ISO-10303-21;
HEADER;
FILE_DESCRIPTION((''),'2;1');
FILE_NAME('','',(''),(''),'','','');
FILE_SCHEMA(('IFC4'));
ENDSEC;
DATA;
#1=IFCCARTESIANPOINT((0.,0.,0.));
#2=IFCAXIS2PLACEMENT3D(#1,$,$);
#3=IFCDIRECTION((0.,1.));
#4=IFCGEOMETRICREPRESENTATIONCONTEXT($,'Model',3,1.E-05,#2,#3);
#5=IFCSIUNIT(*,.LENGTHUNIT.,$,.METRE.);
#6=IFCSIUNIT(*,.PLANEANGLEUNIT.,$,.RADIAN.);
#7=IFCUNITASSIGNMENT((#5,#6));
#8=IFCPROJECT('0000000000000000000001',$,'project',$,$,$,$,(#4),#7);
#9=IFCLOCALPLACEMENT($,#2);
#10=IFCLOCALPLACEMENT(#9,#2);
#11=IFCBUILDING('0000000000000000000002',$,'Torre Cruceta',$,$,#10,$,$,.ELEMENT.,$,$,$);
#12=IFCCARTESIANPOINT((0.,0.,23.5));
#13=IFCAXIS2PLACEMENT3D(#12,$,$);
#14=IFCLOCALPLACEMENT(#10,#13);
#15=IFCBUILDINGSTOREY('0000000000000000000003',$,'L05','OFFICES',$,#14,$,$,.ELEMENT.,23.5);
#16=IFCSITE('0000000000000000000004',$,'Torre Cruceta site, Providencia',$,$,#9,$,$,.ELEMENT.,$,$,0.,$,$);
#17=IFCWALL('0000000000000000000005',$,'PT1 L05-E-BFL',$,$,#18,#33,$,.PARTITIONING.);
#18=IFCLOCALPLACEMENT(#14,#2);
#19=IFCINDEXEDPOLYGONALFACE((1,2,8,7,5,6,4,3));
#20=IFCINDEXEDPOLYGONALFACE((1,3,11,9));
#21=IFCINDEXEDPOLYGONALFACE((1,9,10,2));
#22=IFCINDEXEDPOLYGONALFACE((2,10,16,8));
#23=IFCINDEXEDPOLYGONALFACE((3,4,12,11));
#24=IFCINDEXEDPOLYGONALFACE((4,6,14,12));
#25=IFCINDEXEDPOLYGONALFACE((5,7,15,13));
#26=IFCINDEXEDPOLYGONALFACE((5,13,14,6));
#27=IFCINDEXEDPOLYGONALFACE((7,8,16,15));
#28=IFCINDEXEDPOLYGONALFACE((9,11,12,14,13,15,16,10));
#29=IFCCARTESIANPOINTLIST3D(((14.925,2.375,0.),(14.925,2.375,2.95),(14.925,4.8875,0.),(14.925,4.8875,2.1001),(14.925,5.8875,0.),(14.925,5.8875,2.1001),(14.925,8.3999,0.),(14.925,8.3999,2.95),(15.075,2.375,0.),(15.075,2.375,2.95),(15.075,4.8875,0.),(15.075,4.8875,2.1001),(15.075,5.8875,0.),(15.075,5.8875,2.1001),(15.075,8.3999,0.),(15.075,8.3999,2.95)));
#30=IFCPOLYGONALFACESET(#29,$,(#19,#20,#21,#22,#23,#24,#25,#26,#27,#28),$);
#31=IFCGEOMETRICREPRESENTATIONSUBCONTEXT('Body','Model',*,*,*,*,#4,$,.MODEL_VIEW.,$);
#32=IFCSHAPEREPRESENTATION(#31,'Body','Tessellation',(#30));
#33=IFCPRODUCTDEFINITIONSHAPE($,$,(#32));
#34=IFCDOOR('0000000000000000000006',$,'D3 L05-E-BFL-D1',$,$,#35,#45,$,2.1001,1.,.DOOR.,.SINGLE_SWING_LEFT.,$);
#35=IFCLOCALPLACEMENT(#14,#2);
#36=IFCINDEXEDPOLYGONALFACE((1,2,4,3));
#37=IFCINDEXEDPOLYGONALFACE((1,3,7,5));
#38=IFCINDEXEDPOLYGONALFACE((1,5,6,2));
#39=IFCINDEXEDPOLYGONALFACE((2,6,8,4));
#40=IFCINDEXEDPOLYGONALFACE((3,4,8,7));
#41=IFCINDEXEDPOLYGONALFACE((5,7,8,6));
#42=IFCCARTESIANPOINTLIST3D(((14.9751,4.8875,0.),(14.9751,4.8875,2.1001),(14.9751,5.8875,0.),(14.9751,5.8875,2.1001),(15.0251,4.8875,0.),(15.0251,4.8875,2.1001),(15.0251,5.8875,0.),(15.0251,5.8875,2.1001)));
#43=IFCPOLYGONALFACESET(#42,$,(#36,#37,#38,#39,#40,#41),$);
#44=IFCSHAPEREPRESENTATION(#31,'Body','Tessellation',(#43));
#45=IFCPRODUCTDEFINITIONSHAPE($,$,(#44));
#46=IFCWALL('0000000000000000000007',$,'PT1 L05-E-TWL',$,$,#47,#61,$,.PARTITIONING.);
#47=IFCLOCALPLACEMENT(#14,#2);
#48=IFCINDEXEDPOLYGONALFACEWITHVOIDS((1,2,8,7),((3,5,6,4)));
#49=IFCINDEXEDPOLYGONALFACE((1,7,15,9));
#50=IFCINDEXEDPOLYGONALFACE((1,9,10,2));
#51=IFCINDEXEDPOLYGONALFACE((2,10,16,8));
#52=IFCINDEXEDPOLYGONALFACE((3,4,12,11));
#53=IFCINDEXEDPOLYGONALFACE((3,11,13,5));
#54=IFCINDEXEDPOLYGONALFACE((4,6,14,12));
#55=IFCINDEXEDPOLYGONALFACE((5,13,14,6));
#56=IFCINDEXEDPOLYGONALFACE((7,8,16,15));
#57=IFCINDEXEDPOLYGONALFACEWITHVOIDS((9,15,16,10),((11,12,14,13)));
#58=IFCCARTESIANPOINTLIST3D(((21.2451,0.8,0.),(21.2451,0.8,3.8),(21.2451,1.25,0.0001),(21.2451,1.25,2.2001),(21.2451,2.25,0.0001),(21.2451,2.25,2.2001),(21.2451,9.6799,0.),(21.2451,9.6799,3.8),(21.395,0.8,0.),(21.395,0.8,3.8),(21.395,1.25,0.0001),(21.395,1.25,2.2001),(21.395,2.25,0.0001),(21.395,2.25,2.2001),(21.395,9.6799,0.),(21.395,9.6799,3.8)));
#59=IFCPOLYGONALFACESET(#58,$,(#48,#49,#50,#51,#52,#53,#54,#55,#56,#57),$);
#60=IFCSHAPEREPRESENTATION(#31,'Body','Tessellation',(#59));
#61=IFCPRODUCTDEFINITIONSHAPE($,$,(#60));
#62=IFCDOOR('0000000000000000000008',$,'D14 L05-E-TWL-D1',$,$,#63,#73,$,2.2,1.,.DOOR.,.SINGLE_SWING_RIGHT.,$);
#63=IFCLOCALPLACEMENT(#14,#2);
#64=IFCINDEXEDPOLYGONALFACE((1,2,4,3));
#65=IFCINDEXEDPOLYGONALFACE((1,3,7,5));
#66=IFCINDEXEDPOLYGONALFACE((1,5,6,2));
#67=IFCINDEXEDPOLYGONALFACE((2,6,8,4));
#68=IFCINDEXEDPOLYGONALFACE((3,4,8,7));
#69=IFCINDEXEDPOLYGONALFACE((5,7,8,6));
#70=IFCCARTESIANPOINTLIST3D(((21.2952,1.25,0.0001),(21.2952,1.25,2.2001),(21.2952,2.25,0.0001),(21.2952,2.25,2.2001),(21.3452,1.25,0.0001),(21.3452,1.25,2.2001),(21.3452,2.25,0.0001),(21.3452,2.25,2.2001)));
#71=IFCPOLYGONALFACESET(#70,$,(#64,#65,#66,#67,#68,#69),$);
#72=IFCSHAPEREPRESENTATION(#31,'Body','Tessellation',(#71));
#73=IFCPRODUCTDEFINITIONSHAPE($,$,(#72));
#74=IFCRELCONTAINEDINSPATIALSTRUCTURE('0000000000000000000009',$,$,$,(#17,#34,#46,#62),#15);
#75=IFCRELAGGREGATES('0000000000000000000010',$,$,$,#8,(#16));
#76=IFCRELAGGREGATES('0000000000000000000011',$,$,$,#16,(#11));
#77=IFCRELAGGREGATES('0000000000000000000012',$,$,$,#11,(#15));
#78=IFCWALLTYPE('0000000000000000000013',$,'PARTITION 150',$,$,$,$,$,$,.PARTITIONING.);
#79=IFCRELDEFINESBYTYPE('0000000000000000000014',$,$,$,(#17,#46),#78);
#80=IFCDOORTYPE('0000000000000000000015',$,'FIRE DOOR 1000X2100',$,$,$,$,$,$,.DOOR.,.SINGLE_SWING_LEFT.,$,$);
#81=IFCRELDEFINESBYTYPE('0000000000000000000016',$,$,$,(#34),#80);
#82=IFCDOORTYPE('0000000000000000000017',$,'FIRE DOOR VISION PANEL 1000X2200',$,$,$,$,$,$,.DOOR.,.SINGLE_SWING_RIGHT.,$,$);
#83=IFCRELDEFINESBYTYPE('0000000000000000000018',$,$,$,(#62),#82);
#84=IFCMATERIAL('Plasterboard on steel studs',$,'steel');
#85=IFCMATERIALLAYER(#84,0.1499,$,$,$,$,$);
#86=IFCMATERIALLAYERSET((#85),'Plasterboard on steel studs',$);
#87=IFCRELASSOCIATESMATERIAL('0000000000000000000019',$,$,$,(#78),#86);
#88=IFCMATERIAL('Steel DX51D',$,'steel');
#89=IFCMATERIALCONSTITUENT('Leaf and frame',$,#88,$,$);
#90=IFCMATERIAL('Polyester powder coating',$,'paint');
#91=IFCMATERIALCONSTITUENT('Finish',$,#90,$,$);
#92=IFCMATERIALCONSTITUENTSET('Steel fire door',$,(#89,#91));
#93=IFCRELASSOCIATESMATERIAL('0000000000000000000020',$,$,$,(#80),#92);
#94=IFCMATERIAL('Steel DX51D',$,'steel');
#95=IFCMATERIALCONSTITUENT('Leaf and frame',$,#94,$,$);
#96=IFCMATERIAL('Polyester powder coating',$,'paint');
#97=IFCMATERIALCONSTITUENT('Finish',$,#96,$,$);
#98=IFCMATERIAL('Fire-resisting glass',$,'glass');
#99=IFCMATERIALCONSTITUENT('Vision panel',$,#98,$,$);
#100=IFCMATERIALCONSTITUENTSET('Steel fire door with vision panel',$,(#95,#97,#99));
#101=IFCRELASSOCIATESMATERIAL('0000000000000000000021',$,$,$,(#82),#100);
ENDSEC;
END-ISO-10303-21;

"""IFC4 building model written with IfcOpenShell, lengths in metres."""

from ifc_helpers import new_model, si_unit, direction, frame, frame_2d, origin, place, context, subcontext, project, spatial, rectangle, extrude, material, layer, layer_set, constituent, constituent_set, type_object, element, fill, save


model = new_model("IFC4")

# Units and contexts
model_context = context("Model", 3, precision=1e-05, world=origin(), true_north=direction((0.0, 1.0)))
body_context = subcontext(model_context, "Body", "Model", "MODEL_VIEW")
ifc_project = project(units=[si_unit("LENGTHUNIT", "METRE"), si_unit("PLANEANGLEUNIT", "RADIAN")], contexts=[model_context])

# Site, building, storey
site_placement = place(None, origin())
site = spatial("IfcSite", under=ifc_project, at=site_placement, Name="Torre Cruceta site, Providencia", CompositionType="ELEMENT", RefElevation=0.0)
building_placement = place(site_placement, origin())
building = spatial("IfcBuilding", under=site, at=building_placement, Name="Torre Cruceta", CompositionType="ELEMENT")
storey_placement = place(building_placement, frame((0.0, 0.0, 23.5)))
storey = spatial("IfcBuildingStorey", under=building, at=storey_placement, Name="L05", Description="OFFICES", CompositionType="ELEMENT", Elevation=23.5)

# Walls, openings, doors
ifc_material_1 = material(Name="Plasterboard on steel studs", Category="steel")
ifc_layer_1 = layer(ifc_material_1, 0.1499)
ifc_layer_set_1 = layer_set([ifc_layer_1], Name="Plasterboard on steel studs")
wall_type_1 = type_object("IfcWallType", Name="PARTITION 150", PredefinedType="PARTITIONING", material=ifc_layer_set_1)
wall_1_placement = place(storey_placement, frame((15.0, 2.375, 0.0), z_axis=(0.0, 0.0, 1.0), x_axis=(0.0, 1.0, 0.0)))
wall_1 = element("IfcWall", 1, at=wall_1_placement, inside=storey, type_object=wall_type_1, Name="PT1 L05-E-BFL", PredefinedType="PARTITIONING", context=body_context, shape_type="SweptSolid", body=[
    extrude(rectangle(XDim=6.0249, YDim=0.1499, at=frame_2d((3.0125, 0.0))), origin(), (0.0, 0.0, 1.0), 2.95),
])
opening_1_placement = place(wall_1_placement, frame((2.5125, 0.0, 0.0)))
opening_1 = element("IfcOpeningElement", 2, at=opening_1_placement, cuts=wall_1, PredefinedType="OPENING", context=body_context, shape_type="SweptSolid", body=[
    extrude(rectangle(XDim=1.0, YDim=2.1001, at=frame_2d((0.5, 1.05))), frame((0.0, 0.085, 0.0), z_axis=(0.0, -1.0, 0.0), x_axis=(1.0, 0.0, 0.0)), (0.0, 0.0, 1.0), 0.1699),
])
ifc_material_2 = material(Name="Steel DX51D", Category="steel")
ifc_constituent_1 = constituent(ifc_material_2, Name="Leaf and frame")
ifc_material_3 = material(Name="Polyester powder coating", Category="paint")
ifc_constituent_2 = constituent(ifc_material_3, Name="Finish")
ifc_constituent_set_1 = constituent_set(constituents=[ifc_constituent_1, ifc_constituent_2], Name="Steel fire door")
door_type_1 = type_object("IfcDoorType", Name="FIRE DOOR 1000X2100", OperationType="SINGLE_SWING_LEFT", PredefinedType="DOOR", material=ifc_constituent_set_1)
door_1_placement = place(opening_1_placement, origin())
door_1 = element("IfcDoor", 3, at=door_1_placement, inside=storey, type_object=door_type_1, Name="D3 L05-E-BFL-D1", OperationType="SINGLE_SWING_LEFT", OverallHeight=2.1001, OverallWidth=1.0, PredefinedType="DOOR", context=body_context, shape_type="SweptSolid", body=[
    extrude(rectangle(XDim=1.0, YDim=2.1001, at=frame_2d((0.5, 1.05))), frame((0.0, 0.0249, 0.0), z_axis=(0.0, -1.0, 0.0), x_axis=(1.0, 0.0, 0.0)), (0.0, 0.0, 1.0), 0.05),
])
fill(opening_1, door_1)
wall_2_placement = place(storey_placement, frame((21.3201, 0.8, 0.0), z_axis=(0.0, 0.0, 1.0), x_axis=(0.0, 1.0, 0.0)))
wall_2 = element("IfcWall", 4, at=wall_2_placement, inside=storey, type_object=wall_type_1, Name="PT1 L05-E-TWL", PredefinedType="PARTITIONING", context=body_context, shape_type="SweptSolid", body=[
    extrude(rectangle(XDim=8.8799, YDim=0.1499, at=frame_2d((4.4399, 0.0))), origin(), (0.0, 0.0, 1.0), 3.8),
])
opening_2_placement = place(wall_2_placement, frame((0.45, 0.0, 0.0)))
opening_2 = element("IfcOpeningElement", 5, at=opening_2_placement, cuts=wall_2, PredefinedType="OPENING", context=body_context, shape_type="SweptSolid", body=[
    extrude(rectangle(XDim=1.0, YDim=2.2, at=frame_2d((0.5, 1.1001))), frame((0.0, 0.085, 0.0), z_axis=(0.0, -1.0, 0.0), x_axis=(1.0, 0.0, 0.0)), (0.0, 0.0, 1.0), 0.1699),
])
ifc_material_4 = material(Name="Steel DX51D", Category="steel")
ifc_constituent_3 = constituent(ifc_material_4, Name="Leaf and frame")
ifc_material_5 = material(Name="Polyester powder coating", Category="paint")
ifc_constituent_4 = constituent(ifc_material_5, Name="Finish")
ifc_material_6 = material(Name="Fire-resisting glass", Category="glass")
ifc_constituent_5 = constituent(ifc_material_6, Name="Vision panel")
ifc_constituent_set_2 = constituent_set(constituents=[ifc_constituent_3, ifc_constituent_4, ifc_constituent_5], Name="Steel fire door with vision panel")
door_type_2 = type_object("IfcDoorType", Name="FIRE DOOR VISION PANEL 1000X2200", OperationType="SINGLE_SWING_RIGHT", PredefinedType="DOOR", material=ifc_constituent_set_2)
door_2_placement = place(opening_2_placement, frame((1.0, 0.0, 0.0), z_axis=(0.0, 0.0, 1.0), x_axis=(-1.0, 0.0, 0.0)))
door_2 = element("IfcDoor", 6, at=door_2_placement, inside=storey, type_object=door_type_2, Name="D14 L05-E-TWL-D1", OperationType="SINGLE_SWING_RIGHT", OverallHeight=2.2, OverallWidth=1.0, PredefinedType="DOOR", context=body_context, shape_type="SweptSolid", body=[
    extrude(rectangle(XDim=1.0, YDim=2.2, at=frame_2d((0.5, 1.1001))), frame((0.0, 0.0251, 0.0), z_axis=(0.0, -1.0, 0.0), x_axis=(1.0, 0.0, 0.0)), (0.0, 0.0, 1.0), 0.05),
])
fill(opening_2, door_2)

save(model, "model.ifc")
